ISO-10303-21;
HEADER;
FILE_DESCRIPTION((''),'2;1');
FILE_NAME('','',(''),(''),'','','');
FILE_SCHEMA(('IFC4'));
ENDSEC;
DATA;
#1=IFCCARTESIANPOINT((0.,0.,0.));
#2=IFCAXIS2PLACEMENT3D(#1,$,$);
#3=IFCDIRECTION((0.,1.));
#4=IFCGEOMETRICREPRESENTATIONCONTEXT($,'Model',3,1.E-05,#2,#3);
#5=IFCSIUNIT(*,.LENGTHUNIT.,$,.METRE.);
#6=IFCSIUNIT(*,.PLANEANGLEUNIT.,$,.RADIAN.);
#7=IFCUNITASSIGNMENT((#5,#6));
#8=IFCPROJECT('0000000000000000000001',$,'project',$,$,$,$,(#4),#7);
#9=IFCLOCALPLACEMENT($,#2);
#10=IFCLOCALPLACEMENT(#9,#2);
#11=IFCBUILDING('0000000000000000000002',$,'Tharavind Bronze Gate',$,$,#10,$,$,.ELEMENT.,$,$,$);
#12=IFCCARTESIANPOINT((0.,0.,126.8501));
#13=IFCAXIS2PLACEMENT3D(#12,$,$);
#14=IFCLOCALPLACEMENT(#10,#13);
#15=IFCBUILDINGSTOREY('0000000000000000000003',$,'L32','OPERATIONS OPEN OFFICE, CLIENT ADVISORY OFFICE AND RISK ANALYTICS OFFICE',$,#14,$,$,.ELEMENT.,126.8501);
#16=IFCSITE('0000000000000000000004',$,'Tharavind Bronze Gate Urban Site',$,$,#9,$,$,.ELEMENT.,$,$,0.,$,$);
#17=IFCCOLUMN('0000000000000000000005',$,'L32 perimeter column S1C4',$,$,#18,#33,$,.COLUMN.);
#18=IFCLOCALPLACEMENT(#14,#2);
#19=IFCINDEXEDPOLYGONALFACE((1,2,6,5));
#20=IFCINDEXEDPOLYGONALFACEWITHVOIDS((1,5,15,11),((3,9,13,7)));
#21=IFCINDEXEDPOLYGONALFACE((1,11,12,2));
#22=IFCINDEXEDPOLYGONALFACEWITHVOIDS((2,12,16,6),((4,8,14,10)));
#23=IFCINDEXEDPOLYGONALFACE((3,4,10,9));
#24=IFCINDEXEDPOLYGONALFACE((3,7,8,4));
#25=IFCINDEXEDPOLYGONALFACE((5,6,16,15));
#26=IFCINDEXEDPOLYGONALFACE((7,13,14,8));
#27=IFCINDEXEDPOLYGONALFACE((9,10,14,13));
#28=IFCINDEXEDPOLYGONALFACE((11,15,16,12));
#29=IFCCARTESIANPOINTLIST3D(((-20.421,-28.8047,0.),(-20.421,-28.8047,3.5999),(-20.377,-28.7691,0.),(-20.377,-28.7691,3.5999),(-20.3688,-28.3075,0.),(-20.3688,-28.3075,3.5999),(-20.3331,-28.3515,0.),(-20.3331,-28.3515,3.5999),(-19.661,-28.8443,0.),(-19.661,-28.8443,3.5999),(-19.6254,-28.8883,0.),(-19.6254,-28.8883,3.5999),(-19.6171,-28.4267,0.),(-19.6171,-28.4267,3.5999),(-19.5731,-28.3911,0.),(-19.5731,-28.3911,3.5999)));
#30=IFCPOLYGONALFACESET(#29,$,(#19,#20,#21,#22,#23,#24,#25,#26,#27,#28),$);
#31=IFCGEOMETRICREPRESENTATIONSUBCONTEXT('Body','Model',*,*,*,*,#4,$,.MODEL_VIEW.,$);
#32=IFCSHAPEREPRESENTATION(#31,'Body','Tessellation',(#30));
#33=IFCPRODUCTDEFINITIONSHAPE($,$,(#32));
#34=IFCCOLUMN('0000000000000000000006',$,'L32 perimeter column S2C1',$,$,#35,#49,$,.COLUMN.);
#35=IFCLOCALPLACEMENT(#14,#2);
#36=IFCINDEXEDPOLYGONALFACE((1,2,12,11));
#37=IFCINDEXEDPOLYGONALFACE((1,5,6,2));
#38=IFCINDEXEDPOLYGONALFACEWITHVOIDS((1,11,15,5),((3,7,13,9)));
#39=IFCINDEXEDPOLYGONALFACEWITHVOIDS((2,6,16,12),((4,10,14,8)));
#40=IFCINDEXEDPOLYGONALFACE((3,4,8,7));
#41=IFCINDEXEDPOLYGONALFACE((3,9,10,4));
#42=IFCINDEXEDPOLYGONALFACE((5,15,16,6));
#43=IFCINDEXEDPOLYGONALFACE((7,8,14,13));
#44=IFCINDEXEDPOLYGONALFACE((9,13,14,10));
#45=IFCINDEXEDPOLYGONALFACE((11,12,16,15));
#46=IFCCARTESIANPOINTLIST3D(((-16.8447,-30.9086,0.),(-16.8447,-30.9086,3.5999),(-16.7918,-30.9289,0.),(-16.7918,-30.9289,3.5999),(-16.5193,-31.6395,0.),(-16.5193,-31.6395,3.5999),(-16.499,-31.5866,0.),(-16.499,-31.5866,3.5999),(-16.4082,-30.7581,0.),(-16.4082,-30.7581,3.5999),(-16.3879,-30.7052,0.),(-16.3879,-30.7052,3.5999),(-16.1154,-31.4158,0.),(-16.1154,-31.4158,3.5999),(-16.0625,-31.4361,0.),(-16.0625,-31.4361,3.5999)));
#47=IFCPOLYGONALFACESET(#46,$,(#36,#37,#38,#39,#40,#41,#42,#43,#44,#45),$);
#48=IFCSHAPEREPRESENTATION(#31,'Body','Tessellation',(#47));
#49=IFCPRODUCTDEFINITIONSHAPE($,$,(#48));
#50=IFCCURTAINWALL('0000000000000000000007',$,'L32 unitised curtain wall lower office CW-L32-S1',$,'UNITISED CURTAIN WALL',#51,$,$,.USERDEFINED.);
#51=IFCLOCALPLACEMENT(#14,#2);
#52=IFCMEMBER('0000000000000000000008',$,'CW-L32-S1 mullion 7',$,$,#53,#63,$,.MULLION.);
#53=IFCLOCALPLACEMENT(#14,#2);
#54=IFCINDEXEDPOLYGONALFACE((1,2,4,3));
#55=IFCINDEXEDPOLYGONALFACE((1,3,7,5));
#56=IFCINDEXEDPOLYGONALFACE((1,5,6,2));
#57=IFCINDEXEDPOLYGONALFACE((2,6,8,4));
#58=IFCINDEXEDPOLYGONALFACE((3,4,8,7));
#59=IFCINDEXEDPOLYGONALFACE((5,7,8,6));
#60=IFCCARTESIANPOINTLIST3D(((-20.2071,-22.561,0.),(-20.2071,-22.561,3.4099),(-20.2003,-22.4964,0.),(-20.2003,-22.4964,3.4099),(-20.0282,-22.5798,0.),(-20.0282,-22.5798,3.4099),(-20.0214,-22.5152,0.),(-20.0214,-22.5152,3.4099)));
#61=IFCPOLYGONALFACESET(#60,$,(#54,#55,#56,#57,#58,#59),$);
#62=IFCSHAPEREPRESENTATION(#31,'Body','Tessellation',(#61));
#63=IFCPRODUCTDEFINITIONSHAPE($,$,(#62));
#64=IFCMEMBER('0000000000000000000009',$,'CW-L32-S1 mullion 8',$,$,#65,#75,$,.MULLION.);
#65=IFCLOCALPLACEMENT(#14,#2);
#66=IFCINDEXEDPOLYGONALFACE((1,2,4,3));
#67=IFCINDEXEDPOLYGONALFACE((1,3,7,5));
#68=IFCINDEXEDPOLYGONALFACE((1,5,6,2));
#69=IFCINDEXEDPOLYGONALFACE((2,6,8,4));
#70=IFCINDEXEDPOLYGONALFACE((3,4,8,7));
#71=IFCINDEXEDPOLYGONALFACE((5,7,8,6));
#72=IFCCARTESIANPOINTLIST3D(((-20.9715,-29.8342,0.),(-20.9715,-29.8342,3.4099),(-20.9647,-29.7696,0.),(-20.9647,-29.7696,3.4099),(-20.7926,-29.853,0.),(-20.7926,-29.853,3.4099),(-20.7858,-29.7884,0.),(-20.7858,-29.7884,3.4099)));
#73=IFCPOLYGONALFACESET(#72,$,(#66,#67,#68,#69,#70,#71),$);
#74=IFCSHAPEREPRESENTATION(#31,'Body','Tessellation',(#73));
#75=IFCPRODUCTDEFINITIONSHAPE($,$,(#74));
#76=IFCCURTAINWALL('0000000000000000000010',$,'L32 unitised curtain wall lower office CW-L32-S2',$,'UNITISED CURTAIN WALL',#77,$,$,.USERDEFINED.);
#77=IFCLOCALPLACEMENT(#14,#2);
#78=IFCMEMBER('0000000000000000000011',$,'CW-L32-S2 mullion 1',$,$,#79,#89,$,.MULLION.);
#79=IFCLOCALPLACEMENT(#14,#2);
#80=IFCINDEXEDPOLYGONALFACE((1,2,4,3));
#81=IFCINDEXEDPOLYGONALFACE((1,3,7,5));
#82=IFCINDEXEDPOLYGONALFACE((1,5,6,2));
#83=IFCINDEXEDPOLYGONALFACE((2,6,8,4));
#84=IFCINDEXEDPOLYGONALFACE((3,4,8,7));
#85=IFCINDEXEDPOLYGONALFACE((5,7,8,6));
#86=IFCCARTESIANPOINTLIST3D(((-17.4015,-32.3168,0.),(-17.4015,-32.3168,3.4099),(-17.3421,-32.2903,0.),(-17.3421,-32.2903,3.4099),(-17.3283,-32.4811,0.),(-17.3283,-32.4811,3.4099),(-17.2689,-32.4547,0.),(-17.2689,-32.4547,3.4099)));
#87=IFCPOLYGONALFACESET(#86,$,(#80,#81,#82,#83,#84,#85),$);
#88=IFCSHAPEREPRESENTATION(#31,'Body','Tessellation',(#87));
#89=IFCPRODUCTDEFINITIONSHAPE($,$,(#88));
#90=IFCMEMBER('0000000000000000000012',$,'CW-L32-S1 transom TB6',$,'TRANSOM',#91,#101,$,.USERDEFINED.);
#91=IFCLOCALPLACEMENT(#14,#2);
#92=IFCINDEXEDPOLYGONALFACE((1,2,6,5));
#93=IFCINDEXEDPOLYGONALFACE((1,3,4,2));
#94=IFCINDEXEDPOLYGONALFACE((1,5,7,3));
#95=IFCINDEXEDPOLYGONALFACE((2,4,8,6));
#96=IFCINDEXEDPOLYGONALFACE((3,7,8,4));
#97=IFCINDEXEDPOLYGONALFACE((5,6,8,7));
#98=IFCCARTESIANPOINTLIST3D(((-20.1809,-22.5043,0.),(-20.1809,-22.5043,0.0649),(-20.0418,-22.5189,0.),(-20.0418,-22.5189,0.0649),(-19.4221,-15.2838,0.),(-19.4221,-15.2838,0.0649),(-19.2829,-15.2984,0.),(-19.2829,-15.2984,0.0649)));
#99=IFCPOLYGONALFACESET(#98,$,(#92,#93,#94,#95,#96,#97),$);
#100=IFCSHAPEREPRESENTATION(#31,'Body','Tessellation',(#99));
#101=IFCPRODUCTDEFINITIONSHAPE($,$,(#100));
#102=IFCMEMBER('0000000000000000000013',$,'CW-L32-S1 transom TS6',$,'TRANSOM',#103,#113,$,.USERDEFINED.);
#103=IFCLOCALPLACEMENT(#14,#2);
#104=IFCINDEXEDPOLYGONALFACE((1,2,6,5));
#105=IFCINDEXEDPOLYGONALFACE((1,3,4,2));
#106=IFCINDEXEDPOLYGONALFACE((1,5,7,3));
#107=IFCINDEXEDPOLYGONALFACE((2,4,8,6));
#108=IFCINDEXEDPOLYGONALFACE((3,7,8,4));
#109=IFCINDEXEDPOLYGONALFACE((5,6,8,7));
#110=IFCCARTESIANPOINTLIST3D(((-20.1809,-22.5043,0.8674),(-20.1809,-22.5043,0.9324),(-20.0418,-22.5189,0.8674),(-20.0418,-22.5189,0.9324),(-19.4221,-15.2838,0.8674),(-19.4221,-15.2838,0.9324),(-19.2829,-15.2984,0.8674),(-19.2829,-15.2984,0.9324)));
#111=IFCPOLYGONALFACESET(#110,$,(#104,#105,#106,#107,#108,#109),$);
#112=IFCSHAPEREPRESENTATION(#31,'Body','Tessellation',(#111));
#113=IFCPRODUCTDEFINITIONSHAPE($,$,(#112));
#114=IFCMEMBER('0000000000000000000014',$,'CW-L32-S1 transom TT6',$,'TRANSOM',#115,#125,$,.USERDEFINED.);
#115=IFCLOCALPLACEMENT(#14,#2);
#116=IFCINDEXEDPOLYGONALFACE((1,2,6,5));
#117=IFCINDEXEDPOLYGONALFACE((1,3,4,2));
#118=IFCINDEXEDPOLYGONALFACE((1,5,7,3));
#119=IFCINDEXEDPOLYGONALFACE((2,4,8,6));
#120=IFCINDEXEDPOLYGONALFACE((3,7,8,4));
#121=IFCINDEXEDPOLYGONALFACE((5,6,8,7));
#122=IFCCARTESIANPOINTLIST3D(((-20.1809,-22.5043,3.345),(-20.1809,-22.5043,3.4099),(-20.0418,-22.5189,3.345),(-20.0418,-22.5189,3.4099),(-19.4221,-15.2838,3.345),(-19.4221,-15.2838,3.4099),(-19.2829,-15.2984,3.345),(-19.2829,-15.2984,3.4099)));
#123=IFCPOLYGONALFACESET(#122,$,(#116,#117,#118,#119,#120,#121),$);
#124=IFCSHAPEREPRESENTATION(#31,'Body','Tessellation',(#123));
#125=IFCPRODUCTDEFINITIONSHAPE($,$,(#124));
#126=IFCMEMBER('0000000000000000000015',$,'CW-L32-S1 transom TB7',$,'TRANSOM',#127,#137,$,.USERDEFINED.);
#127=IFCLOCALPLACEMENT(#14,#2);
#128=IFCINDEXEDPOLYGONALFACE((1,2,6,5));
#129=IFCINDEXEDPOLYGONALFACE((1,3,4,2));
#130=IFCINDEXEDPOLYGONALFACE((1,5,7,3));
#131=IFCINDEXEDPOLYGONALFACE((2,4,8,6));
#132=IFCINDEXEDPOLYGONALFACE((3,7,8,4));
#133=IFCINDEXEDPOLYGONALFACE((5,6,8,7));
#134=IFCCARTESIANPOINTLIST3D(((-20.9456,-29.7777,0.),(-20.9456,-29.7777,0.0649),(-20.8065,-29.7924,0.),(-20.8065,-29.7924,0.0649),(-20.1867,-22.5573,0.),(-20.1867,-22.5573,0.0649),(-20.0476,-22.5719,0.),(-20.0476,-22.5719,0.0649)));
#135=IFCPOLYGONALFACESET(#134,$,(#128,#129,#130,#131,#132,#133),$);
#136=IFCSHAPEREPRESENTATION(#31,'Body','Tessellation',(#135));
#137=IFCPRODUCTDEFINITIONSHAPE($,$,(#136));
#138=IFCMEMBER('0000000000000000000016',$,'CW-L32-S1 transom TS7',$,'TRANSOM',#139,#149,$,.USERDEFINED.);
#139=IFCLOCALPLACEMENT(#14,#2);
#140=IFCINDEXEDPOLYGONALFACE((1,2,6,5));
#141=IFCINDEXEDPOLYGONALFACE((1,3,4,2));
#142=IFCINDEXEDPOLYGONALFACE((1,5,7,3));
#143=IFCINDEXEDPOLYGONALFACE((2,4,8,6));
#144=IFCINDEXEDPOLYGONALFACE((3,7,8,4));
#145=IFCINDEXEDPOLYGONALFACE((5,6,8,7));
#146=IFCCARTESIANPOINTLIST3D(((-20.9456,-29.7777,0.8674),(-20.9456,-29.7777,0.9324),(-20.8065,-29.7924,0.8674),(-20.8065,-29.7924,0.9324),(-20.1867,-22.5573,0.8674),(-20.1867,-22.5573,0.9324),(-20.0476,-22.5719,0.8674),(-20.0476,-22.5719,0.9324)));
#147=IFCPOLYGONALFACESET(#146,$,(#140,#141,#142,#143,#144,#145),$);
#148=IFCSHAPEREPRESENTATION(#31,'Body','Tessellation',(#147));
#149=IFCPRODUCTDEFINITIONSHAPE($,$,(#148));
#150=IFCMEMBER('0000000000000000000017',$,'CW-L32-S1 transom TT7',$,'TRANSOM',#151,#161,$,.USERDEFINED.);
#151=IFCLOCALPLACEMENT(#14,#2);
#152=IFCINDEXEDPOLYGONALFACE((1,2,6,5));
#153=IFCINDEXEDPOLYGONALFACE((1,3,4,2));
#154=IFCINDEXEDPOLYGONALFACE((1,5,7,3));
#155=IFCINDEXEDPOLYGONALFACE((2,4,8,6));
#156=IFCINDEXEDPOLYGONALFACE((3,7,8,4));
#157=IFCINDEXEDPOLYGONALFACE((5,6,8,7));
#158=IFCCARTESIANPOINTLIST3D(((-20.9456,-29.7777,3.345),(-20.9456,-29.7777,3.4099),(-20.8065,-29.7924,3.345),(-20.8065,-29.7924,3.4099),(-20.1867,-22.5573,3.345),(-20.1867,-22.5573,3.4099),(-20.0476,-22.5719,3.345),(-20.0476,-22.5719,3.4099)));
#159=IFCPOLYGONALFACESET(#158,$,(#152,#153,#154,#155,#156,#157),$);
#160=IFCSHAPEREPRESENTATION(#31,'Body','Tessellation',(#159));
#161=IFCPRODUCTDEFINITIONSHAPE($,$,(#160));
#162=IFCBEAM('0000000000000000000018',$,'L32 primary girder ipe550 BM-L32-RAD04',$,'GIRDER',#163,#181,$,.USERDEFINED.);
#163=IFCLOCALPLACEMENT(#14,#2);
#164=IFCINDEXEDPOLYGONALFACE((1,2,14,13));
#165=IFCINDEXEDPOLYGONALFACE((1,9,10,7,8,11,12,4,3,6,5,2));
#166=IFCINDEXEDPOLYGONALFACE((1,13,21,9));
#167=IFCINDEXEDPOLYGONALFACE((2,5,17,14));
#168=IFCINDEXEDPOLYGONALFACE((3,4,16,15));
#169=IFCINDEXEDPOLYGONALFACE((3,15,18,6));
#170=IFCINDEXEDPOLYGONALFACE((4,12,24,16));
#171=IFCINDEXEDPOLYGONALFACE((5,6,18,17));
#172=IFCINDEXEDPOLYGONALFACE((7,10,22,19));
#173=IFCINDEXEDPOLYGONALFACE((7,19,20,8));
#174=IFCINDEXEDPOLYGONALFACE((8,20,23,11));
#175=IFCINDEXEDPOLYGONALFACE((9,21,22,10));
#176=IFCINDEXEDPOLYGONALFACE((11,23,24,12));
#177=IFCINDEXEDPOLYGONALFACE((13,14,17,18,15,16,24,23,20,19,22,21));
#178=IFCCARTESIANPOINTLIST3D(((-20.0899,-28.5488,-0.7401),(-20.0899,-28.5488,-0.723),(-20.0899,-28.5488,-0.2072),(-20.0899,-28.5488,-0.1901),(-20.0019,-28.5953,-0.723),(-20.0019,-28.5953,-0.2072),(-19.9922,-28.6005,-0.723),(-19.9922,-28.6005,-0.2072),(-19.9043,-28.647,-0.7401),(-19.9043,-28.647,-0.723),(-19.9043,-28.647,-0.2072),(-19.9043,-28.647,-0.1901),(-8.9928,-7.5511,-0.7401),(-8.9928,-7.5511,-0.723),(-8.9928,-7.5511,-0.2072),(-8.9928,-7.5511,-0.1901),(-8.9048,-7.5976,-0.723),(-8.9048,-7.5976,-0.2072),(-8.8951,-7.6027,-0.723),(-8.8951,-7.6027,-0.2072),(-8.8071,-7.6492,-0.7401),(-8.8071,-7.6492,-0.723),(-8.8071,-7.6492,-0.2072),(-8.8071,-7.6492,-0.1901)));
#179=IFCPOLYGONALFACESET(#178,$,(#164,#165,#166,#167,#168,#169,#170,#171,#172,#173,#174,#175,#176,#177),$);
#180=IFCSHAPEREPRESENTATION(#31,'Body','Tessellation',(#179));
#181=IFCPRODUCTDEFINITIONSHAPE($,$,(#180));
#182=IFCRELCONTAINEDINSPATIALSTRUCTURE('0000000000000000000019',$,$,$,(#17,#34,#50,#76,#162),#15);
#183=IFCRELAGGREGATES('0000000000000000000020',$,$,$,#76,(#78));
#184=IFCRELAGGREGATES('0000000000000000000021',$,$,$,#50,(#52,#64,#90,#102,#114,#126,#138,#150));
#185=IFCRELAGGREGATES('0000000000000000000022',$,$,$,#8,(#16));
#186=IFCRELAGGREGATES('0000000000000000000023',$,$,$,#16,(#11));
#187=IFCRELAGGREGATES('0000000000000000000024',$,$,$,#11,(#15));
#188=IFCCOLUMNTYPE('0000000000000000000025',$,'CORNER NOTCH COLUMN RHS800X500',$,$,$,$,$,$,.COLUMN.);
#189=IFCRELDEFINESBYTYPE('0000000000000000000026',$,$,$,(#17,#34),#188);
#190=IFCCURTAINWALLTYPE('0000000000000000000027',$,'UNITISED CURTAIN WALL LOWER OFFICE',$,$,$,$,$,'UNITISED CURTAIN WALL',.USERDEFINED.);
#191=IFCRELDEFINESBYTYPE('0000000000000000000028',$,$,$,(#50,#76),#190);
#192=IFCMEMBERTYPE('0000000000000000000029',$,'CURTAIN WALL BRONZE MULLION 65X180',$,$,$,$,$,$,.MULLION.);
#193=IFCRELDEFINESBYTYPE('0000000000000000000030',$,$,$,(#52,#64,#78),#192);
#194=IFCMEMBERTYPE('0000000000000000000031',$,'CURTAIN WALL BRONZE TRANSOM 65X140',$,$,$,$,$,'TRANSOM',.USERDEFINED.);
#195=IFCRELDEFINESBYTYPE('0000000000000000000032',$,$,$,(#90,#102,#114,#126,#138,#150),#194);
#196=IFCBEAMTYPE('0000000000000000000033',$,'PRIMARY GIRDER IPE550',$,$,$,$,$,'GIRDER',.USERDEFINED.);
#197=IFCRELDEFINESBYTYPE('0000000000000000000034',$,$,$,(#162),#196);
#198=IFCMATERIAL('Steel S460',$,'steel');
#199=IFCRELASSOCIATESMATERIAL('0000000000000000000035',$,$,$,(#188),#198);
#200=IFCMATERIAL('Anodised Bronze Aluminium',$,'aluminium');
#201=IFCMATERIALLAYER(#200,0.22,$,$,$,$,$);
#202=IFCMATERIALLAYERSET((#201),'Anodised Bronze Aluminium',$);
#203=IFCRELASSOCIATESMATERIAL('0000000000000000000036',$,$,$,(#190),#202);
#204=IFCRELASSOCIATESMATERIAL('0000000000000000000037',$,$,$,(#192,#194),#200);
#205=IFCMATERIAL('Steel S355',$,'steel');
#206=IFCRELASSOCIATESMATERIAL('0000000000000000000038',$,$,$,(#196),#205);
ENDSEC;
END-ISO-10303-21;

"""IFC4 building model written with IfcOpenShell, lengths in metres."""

from ifc_helpers import new_model, si_unit, direction, frame, origin, origin_2d, place, context, subcontext, project, spatial, rectangle, hollow_rectangle, i_section, extrude, material, layer, layer_set, material_profile, profile_set, type_object, element, aggregate, save


model = new_model("IFC4")

# Units and contexts
model_context = context("Model", 3, precision=1e-05, world=origin(), true_north=direction((0.0, 1.0)))
body_context = subcontext(model_context, "Body", "Model", "MODEL_VIEW")
ifc_project = project(units=[si_unit("LENGTHUNIT", "METRE"), si_unit("PLANEANGLEUNIT", "RADIAN")], contexts=[model_context])

# Site, building, storey
site_placement = place(None, origin())
site = spatial("IfcSite", under=ifc_project, at=site_placement, Name="Tharavind Bronze Gate Urban Site", CompositionType="ELEMENT", RefElevation=0.0)
building_placement = place(site_placement, origin())
building = spatial("IfcBuilding", under=site, at=building_placement, Name="Tharavind Bronze Gate", CompositionType="ELEMENT")
storey_placement = place(building_placement, frame((0.0, 0.0, 126.8501)))
storey = spatial("IfcBuildingStorey", under=building, at=storey_placement, Name="L32", Description="OPERATIONS OPEN OFFICE, CLIENT ADVISORY OFFICE AND RISK ANALYTICS OFFICE", CompositionType="ELEMENT", Elevation=126.8501)

# Columns
ifc_material_1 = material(Name="Steel S460", Category="steel")
ifc_material_profile_1 = material_profile(ifc_material_1, hollow_rectangle(XDim=0.5, YDim=0.8, WallThickness=0.04, at=origin_2d()), Name="RHS800X500X40")
ifc_profile_set_1 = profile_set([ifc_material_profile_1], Name="Steel S460")
column_type = type_object("IfcColumnType", Name="CORNER NOTCH COLUMN RHS800X500", PredefinedType="COLUMN", material=ifc_profile_set_1)
for number, where, z_axis, x_axis, name in (
    (1, (-19.9971, -28.5979, 0.0), (0.0, 0.0, 1.0), (0.10453, 0.994522, 0.0), "L32 perimeter column S1C4"),
    (2, (-16.4536, -31.1724, 0.0), (0.0, 0.0, 1.0), (0.913545, 0.406737, 0.0), "L32 perimeter column S2C1"),
):
    element("IfcColumn", number, at=place(storey_placement, frame(where, z_axis=z_axis, x_axis=x_axis)), inside=storey, type_object=column_type, Name=name, PredefinedType="COLUMN", context=body_context, shape_type="SweptSolid", body=[
        extrude(hollow_rectangle(XDim=0.5, YDim=0.8, WallThickness=0.04, at=origin_2d()), origin(), (0.0, 0.0, 1.0), 3.5999),
    ])

# Curtain wall, members
ifc_material_2 = material(Name="Anodised Bronze Aluminium", Category="aluminium")
ifc_layer_1 = layer(ifc_material_2, 0.22)
ifc_layer_set_1 = layer_set([ifc_layer_1], Name="Anodised Bronze Aluminium")
curtain_wall_type = type_object("IfcCurtainWallType", Name="UNITISED CURTAIN WALL LOWER OFFICE", ElementType="UNITISED CURTAIN WALL", PredefinedType="USERDEFINED", material=ifc_layer_set_1)
curtain_wall_1_placement = place(storey_placement, origin())
curtain_wall_1 = element("IfcCurtainWall", 3, at=curtain_wall_1_placement, inside=storey, type_object=curtain_wall_type, Name="L32 unitised curtain wall lower office CW-L32-S1", ObjectType="UNITISED CURTAIN WALL", PredefinedType="USERDEFINED")
member_type_1 = type_object("IfcMemberType", Name="CURTAIN WALL BRONZE MULLION 65X180", PredefinedType="MULLION", material=ifc_material_2)
member_1_placement = place(storey_placement, frame((-20.1143, -22.5381, 0.0), z_axis=(0.0, 0.0, 1.0), x_axis=(-0.104527, -0.994522, 0.0)))
member_1 = element("IfcMember", 4, at=member_1_placement, type_object=member_type_1, Name="CW-L32-S1 mullion 7", PredefinedType="MULLION", context=body_context, shape_type="SweptSolid", body=[
    extrude(rectangle(XDim=0.0649, YDim=0.1799, at=origin_2d()), origin(), (0.0, 0.0, 1.0), 3.4099),
])
member_2_placement = place(storey_placement, frame((-20.8787, -29.8113, 0.0), z_axis=(0.0, 0.0, 1.0), x_axis=(-0.104527, -0.994522, 0.0)))
member_2 = element("IfcMember", 5, at=member_2_placement, type_object=member_type_1, Name="CW-L32-S1 mullion 8", PredefinedType="MULLION", context=body_context, shape_type="SweptSolid", body=[
    extrude(rectangle(XDim=0.0649, YDim=0.1799, at=origin_2d()), origin(), (0.0, 0.0, 1.0), 3.4099),
])

# Curtain wall, member
curtain_wall_2_placement = place(storey_placement, origin())
curtain_wall_2 = element("IfcCurtainWall", 6, at=curtain_wall_2_placement, inside=storey, type_object=curtain_wall_type, Name="L32 unitised curtain wall lower office CW-L32-S2", ObjectType="UNITISED CURTAIN WALL", PredefinedType="USERDEFINED")
member_3_placement = place(storey_placement, frame((-17.3352, -32.3857, 0.0), z_axis=(0.0, 0.0, 1.0), x_axis=(0.913545, 0.406737, 0.0)))
member_3 = element("IfcMember", 7, at=member_3_placement, type_object=member_type_1, Name="CW-L32-S2 mullion 1", PredefinedType="MULLION", context=body_context, shape_type="SweptSolid", body=[
    extrude(rectangle(XDim=0.0649, YDim=0.1799, at=origin_2d()), origin(), (0.0, 0.0, 1.0), 3.4099),
])
aggregate(curtain_wall_2, [member_3])

# Members
member_type_2 = type_object("IfcMemberType", Name="CURTAIN WALL BRONZE TRANSOM 65X140", ElementType="TRANSOM", PredefinedType="USERDEFINED", material=ifc_material_2)
member_4_placement = place(storey_placement, frame((-19.7319, -18.9014, 0.0), z_axis=(0.0, 0.0, 1.0), x_axis=(-0.104527, -0.994522, 0.0)))
member_4 = element("IfcMember", 8, at=member_4_placement, type_object=member_type_2, Name="CW-L32-S1 transom TB6", ObjectType="TRANSOM", PredefinedType="USERDEFINED", context=body_context, shape_type="SweptSolid", body=[
    extrude(rectangle(XDim=7.2603, YDim=0.1399, at=origin_2d()), origin(), (0.0, 0.0, 1.0), 0.0649),
])
member_5_placement = place(storey_placement, frame((-19.7319, -18.9014, 0.8674), z_axis=(0.0, 0.0, 1.0), x_axis=(-0.104527, -0.994522, 0.0)))
member_5 = element("IfcMember", 9, at=member_5_placement, type_object=member_type_2, Name="CW-L32-S1 transom TS6", ObjectType="TRANSOM", PredefinedType="USERDEFINED", context=body_context, shape_type="SweptSolid", body=[
    extrude(rectangle(XDim=7.2603, YDim=0.1399, at=origin_2d()), origin(), (0.0, 0.0, 1.0), 0.0649),
])
member_6_placement = place(storey_placement, frame((-19.7319, -18.9014, 3.345), z_axis=(0.0, 0.0, 1.0), x_axis=(-0.104527, -0.994522, 0.0)))
member_6 = element("IfcMember", 10, at=member_6_placement, type_object=member_type_2, Name="CW-L32-S1 transom TT6", ObjectType="TRANSOM", PredefinedType="USERDEFINED", context=body_context, shape_type="SweptSolid", body=[
    extrude(rectangle(XDim=7.2603, YDim=0.1399, at=origin_2d()), origin(), (0.0, 0.0, 1.0), 0.0649),
])
member_7_placement = place(storey_placement, frame((-20.4966, -26.1748, 0.0), z_axis=(0.0, 0.0, 1.0), x_axis=(-0.104527, -0.994522, 0.0)))
member_7 = element("IfcMember", 11, at=member_7_placement, type_object=member_type_2, Name="CW-L32-S1 transom TB7", ObjectType="TRANSOM", PredefinedType="USERDEFINED", context=body_context, shape_type="SweptSolid", body=[
    extrude(rectangle(XDim=7.2603, YDim=0.1399, at=origin_2d()), origin(), (0.0, 0.0, 1.0), 0.0649),
])
member_8_placement = place(storey_placement, frame((-20.4966, -26.1748, 0.8674), z_axis=(0.0, 0.0, 1.0), x_axis=(-0.104527, -0.994522, 0.0)))
member_8 = element("IfcMember", 12, at=member_8_placement, type_object=member_type_2, Name="CW-L32-S1 transom TS7", ObjectType="TRANSOM", PredefinedType="USERDEFINED", context=body_context, shape_type="SweptSolid", body=[
    extrude(rectangle(XDim=7.2603, YDim=0.1399, at=origin_2d()), origin(), (0.0, 0.0, 1.0), 0.0649),
])
member_9_placement = place(storey_placement, frame((-20.4966, -26.1748, 3.345), z_axis=(0.0, 0.0, 1.0), x_axis=(-0.104527, -0.994522, 0.0)))
member_9 = element("IfcMember", 13, at=member_9_placement, type_object=member_type_2, Name="CW-L32-S1 transom TT7", ObjectType="TRANSOM", PredefinedType="USERDEFINED", context=body_context, shape_type="SweptSolid", body=[
    extrude(rectangle(XDim=7.2603, YDim=0.1399, at=origin_2d()), origin(), (0.0, 0.0, 1.0), 0.0649),
])

# Beam
ifc_material_3 = material(Name="Steel S355", Category="steel")
ifc_material_profile_2 = material_profile(ifc_material_3, i_section(OverallWidth=0.21, OverallDepth=0.55, WebThickness=0.011, FlangeThickness=0.0171, at=origin_2d()), Name="IPE550")
ifc_profile_set_2 = profile_set([ifc_material_profile_2], Name="Steel S355")
beam_type_1 = type_object("IfcBeamType", Name="PRIMARY GIRDER IPE550", ElementType="GIRDER", PredefinedType="USERDEFINED", material=ifc_profile_set_2)
beam_1_placement = place(storey_placement, frame((-19.9971, -28.5979, -0.4651), z_axis=(0.467252, 0.884124, 0.0), x_axis=(-0.884124, 0.467252, 0.0)))
element("IfcBeam", 14, at=beam_1_placement, inside=storey, type_object=beam_type_1, Name="L32 primary girder ipe550 BM-L32-RAD04", ObjectType="GIRDER", PredefinedType="USERDEFINED", context=body_context, shape_type="SweptSolid", body=[
    extrude(i_section(OverallWidth=0.21, OverallDepth=0.55, WebThickness=0.011, FlangeThickness=0.0171, at=origin_2d()), origin(), (0.0, 0.0, 1.0), 23.7498),
])

aggregate(curtain_wall_1, [member_1, member_2, member_4, member_5, member_6, member_7, member_8, member_9])

save(model, "model.ifc")
